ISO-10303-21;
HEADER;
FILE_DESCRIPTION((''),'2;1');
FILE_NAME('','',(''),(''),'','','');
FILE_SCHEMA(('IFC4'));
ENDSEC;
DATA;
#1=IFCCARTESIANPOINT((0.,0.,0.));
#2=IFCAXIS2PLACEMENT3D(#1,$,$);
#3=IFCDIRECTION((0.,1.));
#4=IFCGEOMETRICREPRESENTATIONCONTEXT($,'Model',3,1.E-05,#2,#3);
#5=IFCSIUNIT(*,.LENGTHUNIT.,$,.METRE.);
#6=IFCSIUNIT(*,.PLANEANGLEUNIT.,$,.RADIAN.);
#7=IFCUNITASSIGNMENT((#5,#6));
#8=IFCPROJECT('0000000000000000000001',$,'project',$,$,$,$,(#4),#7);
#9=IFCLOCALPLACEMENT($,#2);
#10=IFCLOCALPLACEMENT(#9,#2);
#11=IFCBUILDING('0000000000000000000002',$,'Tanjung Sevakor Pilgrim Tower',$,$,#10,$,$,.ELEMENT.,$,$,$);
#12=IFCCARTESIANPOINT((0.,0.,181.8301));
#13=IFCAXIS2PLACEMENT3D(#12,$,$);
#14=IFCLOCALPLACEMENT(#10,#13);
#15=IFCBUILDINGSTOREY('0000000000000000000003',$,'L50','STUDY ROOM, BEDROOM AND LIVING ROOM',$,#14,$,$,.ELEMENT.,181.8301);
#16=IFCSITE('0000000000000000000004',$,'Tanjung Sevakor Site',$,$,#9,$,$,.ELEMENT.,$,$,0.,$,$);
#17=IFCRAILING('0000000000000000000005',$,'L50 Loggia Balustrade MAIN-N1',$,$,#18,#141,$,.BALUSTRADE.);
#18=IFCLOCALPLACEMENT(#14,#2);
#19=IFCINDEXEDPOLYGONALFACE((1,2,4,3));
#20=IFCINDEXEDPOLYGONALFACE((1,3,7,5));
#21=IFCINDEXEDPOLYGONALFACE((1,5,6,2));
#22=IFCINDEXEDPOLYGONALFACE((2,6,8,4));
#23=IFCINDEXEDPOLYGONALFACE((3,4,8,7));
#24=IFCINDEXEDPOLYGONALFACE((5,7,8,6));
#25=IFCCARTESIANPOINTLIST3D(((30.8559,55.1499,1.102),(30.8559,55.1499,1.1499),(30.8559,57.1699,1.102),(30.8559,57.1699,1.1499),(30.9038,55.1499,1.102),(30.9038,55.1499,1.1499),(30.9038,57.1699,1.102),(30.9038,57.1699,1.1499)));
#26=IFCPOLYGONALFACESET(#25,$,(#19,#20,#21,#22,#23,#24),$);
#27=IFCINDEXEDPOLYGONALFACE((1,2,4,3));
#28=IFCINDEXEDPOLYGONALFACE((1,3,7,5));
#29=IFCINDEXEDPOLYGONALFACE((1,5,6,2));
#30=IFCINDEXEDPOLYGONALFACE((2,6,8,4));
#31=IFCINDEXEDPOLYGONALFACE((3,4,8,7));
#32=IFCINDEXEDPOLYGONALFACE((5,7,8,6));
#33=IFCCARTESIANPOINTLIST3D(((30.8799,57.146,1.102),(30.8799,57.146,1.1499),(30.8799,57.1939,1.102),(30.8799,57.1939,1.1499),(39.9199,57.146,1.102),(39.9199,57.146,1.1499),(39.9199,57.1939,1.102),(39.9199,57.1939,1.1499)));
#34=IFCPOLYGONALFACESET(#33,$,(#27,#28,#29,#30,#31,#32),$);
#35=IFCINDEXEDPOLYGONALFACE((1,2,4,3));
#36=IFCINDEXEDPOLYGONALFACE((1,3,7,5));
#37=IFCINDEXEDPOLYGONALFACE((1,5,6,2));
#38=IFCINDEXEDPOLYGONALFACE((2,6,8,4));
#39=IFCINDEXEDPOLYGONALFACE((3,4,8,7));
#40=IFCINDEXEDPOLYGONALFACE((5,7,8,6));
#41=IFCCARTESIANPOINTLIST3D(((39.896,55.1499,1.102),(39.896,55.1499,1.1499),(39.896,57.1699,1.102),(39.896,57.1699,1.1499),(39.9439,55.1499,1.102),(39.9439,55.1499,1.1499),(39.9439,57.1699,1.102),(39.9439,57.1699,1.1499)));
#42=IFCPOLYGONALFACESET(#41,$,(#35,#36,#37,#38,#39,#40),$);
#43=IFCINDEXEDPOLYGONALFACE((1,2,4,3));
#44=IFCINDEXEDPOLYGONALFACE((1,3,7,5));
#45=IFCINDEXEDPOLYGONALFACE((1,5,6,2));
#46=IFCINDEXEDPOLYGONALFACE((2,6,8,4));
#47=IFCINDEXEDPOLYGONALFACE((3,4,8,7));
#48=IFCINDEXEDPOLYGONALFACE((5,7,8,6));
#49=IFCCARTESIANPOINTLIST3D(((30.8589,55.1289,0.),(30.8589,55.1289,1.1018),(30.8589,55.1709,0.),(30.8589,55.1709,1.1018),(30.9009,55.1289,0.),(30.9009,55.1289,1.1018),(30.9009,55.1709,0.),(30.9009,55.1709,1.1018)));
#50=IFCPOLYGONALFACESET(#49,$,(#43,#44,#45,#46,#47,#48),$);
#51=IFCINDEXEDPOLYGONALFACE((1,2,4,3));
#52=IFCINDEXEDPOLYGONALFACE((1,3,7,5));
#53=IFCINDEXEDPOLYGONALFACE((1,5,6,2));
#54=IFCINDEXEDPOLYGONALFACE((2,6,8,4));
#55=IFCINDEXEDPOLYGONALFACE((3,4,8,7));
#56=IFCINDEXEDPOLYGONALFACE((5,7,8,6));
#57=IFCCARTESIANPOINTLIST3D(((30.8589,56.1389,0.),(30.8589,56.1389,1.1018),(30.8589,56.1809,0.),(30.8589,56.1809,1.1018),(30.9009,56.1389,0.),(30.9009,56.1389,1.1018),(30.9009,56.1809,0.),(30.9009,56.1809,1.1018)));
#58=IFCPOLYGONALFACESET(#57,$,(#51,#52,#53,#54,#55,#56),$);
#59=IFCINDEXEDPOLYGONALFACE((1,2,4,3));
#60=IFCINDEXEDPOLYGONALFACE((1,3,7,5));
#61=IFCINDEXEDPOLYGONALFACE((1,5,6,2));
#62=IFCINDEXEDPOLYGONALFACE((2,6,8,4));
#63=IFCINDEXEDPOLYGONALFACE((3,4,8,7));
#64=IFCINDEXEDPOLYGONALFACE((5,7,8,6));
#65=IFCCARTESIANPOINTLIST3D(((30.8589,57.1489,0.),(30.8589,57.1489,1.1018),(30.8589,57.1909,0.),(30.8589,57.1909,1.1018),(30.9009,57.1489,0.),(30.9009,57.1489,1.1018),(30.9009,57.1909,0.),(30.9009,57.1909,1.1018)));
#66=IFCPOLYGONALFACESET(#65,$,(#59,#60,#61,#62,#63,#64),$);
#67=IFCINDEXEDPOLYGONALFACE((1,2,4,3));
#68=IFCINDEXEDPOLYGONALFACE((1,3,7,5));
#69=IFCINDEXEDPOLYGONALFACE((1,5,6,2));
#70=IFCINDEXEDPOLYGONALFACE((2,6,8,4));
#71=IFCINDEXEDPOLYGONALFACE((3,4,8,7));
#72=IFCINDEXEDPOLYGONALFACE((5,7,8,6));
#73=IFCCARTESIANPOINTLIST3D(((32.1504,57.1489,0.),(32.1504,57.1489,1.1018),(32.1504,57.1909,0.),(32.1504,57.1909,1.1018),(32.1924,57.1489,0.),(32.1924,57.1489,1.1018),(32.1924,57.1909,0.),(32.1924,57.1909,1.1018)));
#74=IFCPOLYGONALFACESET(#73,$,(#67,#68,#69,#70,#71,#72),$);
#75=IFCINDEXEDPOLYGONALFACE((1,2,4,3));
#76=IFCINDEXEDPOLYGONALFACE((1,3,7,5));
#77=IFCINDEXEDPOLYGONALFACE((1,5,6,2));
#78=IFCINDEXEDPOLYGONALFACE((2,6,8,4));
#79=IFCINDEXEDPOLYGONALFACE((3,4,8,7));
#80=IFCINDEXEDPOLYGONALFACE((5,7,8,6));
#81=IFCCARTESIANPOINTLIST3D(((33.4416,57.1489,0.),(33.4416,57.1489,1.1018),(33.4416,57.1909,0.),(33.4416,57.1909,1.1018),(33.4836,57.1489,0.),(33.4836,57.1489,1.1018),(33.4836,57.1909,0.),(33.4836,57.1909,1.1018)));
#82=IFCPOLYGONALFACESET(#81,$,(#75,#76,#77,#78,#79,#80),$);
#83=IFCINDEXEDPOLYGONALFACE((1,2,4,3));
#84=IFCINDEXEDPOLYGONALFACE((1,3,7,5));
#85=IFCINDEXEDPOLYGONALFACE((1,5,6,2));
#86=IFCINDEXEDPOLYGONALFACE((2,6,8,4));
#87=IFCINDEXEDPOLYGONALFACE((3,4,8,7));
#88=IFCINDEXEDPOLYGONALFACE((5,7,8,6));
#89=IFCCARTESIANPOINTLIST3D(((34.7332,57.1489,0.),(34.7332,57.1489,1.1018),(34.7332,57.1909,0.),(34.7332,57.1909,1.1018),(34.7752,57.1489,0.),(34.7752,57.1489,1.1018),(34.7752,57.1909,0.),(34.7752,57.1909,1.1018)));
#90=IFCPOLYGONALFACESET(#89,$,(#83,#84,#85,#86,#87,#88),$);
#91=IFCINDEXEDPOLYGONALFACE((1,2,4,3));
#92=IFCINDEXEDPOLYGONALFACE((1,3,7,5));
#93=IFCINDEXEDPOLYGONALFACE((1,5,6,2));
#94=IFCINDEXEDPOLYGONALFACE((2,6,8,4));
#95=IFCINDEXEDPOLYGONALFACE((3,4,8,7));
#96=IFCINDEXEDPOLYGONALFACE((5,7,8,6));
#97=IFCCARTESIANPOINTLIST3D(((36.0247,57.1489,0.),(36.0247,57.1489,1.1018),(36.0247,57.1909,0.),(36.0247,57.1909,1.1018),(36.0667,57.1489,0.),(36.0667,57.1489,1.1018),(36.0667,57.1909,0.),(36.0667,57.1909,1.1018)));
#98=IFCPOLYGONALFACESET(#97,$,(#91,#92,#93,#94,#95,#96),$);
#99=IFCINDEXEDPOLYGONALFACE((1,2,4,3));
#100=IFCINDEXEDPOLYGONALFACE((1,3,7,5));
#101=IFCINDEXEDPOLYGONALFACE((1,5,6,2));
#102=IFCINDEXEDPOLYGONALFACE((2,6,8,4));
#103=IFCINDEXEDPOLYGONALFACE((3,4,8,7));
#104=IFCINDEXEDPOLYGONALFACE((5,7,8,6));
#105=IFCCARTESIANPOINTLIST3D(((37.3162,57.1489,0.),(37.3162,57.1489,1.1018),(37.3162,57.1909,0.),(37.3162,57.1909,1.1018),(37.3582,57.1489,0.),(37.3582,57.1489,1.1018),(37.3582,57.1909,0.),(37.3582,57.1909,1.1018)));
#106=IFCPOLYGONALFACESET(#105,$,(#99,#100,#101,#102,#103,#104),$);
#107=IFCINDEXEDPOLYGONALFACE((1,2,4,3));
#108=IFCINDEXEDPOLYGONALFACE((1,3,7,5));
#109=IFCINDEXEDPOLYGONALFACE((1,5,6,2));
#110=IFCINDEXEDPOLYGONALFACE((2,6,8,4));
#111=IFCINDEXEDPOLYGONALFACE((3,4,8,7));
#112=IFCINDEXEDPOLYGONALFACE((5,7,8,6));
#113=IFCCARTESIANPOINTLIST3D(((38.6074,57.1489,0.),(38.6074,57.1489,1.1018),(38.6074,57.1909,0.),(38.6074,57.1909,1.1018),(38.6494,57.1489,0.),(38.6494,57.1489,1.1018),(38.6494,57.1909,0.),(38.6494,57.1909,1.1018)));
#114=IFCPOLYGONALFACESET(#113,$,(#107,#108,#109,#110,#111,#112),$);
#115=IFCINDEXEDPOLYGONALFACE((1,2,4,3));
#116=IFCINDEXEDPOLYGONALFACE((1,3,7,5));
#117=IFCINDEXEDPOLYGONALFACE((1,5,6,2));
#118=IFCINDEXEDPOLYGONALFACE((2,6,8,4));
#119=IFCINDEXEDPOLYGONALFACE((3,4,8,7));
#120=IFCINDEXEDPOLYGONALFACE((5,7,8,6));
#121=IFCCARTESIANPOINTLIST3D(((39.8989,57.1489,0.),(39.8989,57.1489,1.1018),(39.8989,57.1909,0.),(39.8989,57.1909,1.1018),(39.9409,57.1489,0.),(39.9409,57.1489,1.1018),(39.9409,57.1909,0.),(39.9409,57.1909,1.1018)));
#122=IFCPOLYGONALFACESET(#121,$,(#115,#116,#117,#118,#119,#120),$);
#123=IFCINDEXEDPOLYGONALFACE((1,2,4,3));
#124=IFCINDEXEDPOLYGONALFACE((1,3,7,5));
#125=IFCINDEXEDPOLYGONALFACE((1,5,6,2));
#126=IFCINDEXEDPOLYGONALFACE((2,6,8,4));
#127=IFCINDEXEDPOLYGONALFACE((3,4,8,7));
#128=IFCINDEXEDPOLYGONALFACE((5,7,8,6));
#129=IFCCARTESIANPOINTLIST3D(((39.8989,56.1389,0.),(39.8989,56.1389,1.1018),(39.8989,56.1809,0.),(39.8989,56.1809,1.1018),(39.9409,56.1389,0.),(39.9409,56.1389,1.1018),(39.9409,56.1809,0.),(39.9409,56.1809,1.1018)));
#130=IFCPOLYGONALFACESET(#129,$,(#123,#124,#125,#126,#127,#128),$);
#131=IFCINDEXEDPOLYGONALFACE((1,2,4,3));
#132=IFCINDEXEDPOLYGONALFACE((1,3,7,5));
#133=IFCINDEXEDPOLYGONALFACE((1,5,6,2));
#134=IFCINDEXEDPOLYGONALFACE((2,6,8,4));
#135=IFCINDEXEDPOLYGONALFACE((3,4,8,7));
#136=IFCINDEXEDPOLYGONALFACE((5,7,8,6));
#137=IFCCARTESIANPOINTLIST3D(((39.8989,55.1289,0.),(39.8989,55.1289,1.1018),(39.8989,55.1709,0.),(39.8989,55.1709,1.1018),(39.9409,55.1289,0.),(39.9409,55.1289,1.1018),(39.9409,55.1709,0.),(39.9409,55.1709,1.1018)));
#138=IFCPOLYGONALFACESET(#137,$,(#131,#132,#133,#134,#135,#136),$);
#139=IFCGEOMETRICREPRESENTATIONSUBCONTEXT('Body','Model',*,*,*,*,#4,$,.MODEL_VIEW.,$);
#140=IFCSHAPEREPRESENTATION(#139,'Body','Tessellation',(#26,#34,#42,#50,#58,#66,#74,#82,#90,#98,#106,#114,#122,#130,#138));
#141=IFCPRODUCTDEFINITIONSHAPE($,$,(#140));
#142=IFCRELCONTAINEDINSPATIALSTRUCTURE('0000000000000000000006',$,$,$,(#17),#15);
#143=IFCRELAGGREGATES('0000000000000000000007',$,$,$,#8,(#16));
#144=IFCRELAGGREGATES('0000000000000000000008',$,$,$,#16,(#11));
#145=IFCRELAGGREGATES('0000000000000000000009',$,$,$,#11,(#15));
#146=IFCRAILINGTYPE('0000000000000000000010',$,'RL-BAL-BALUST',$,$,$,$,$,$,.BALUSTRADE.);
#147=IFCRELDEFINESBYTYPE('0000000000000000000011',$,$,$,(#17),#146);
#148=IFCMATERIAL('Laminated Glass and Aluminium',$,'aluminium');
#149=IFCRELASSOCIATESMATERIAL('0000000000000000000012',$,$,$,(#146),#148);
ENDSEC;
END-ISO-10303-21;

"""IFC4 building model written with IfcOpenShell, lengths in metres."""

from ifc_helpers import new_model, si_unit, direction, frame, origin, place, context, subcontext, project, spatial, rectangle, extrude, material, type_object, element, save


model = new_model("IFC4")

# Units and contexts
model_context = context("Model", 3, precision=1e-05, world=origin(), true_north=direction((0.0, 1.0)))
body_context = subcontext(model_context, "Body", "Model", "MODEL_VIEW")
ifc_project = project(units=[si_unit("LENGTHUNIT", "METRE"), si_unit("PLANEANGLEUNIT", "RADIAN")], contexts=[model_context])

# Site, building, storey
site_placement = place(None, origin())
site = spatial("IfcSite", under=ifc_project, at=site_placement, Name="Tanjung Sevakor Site", CompositionType="ELEMENT", RefElevation=0.0)
building_placement = place(site_placement, origin())
building = spatial("IfcBuilding", under=site, at=building_placement, Name="Tanjung Sevakor Pilgrim Tower", CompositionType="ELEMENT")
storey_placement = place(building_placement, frame((0.0, 0.0, 181.8301)))
storey = spatial("IfcBuildingStorey", under=building, at=storey_placement, Name="L50", Description="STUDY ROOM, BEDROOM AND LIVING ROOM", CompositionType="ELEMENT", Elevation=181.8301)

# Railing
ifc_material_1 = material(Name="Laminated Glass and Aluminium", Category="aluminium")
railing_type = type_object("IfcRailingType", Name="RL-BAL-BALUST", PredefinedType="BALUSTRADE", material=ifc_material_1)
railing_placement = place(storey_placement, frame((30.8799, 55.1499, 0.0)))
element("IfcRailing", 1, at=railing_placement, inside=storey, type_object=railing_type, Name="L50 Loggia Balustrade MAIN-N1", PredefinedType="BALUSTRADE", context=body_context, shape_type="SweptSolid", body=[
    extrude(rectangle(XDim=0.0479, YDim=0.0479), frame((0.0, 0.0, 1.126), z_axis=(0.0, 1.0, 0.0), x_axis=(-1.0, 0.0, 0.0)), (0.0, 0.0, 1.0), 2.02),
    extrude(rectangle(XDim=0.0479, YDim=0.0479), frame((0.0, 2.02, 1.126), z_axis=(1.0, 0.0, 0.0), x_axis=(0.0, 1.0, 0.0)), (0.0, 0.0, 1.0), 9.04),
    extrude(rectangle(XDim=0.0479, YDim=0.0479), frame((9.04, 2.02, 1.126), z_axis=(0.0, -1.0, 0.0), x_axis=(1.0, 0.0, 0.0)), (0.0, 0.0, 1.0), 2.02),
    extrude(rectangle(XDim=0.042, YDim=0.042), origin(), (0.0, 0.0, 1.0), 1.1018),
    extrude(rectangle(XDim=0.042, YDim=0.042), frame((0.0, 1.01, 0.0)), (0.0, 0.0, 1.0), 1.1018),
    extrude(rectangle(XDim=0.042, YDim=0.042), frame((0.0, 2.02, 0.0)), (0.0, 0.0, 1.0), 1.1018),
    extrude(rectangle(XDim=0.042, YDim=0.042), frame((1.2915, 2.02, 0.0)), (0.0, 0.0, 1.0), 1.1018),
    extrude(rectangle(XDim=0.042, YDim=0.042), frame((2.5828, 2.02, 0.0)), (0.0, 0.0, 1.0), 1.1018),
    extrude(rectangle(XDim=0.042, YDim=0.042), frame((3.8743, 2.02, 0.0)), (0.0, 0.0, 1.0), 1.1018),
    extrude(rectangle(XDim=0.042, YDim=0.042), frame((5.1658, 2.02, 0.0)), (0.0, 0.0, 1.0), 1.1018),
    extrude(rectangle(XDim=0.042, YDim=0.042), frame((6.4573, 2.02, 0.0)), (0.0, 0.0, 1.0), 1.1018),
    extrude(rectangle(XDim=0.042, YDim=0.042), frame((7.7485, 2.02, 0.0)), (0.0, 0.0, 1.0), 1.1018),
    extrude(rectangle(XDim=0.042, YDim=0.042), frame((9.04, 2.02, 0.0)), (0.0, 0.0, 1.0), 1.1018),
    extrude(rectangle(XDim=0.042, YDim=0.042), frame((9.04, 1.01, 0.0)), (0.0, 0.0, 1.0), 1.1018),
    extrude(rectangle(XDim=0.042, YDim=0.042), frame((9.04, 0.0, 0.0)), (0.0, 0.0, 1.0), 1.1018),
])

save(model, "model.ifc")
